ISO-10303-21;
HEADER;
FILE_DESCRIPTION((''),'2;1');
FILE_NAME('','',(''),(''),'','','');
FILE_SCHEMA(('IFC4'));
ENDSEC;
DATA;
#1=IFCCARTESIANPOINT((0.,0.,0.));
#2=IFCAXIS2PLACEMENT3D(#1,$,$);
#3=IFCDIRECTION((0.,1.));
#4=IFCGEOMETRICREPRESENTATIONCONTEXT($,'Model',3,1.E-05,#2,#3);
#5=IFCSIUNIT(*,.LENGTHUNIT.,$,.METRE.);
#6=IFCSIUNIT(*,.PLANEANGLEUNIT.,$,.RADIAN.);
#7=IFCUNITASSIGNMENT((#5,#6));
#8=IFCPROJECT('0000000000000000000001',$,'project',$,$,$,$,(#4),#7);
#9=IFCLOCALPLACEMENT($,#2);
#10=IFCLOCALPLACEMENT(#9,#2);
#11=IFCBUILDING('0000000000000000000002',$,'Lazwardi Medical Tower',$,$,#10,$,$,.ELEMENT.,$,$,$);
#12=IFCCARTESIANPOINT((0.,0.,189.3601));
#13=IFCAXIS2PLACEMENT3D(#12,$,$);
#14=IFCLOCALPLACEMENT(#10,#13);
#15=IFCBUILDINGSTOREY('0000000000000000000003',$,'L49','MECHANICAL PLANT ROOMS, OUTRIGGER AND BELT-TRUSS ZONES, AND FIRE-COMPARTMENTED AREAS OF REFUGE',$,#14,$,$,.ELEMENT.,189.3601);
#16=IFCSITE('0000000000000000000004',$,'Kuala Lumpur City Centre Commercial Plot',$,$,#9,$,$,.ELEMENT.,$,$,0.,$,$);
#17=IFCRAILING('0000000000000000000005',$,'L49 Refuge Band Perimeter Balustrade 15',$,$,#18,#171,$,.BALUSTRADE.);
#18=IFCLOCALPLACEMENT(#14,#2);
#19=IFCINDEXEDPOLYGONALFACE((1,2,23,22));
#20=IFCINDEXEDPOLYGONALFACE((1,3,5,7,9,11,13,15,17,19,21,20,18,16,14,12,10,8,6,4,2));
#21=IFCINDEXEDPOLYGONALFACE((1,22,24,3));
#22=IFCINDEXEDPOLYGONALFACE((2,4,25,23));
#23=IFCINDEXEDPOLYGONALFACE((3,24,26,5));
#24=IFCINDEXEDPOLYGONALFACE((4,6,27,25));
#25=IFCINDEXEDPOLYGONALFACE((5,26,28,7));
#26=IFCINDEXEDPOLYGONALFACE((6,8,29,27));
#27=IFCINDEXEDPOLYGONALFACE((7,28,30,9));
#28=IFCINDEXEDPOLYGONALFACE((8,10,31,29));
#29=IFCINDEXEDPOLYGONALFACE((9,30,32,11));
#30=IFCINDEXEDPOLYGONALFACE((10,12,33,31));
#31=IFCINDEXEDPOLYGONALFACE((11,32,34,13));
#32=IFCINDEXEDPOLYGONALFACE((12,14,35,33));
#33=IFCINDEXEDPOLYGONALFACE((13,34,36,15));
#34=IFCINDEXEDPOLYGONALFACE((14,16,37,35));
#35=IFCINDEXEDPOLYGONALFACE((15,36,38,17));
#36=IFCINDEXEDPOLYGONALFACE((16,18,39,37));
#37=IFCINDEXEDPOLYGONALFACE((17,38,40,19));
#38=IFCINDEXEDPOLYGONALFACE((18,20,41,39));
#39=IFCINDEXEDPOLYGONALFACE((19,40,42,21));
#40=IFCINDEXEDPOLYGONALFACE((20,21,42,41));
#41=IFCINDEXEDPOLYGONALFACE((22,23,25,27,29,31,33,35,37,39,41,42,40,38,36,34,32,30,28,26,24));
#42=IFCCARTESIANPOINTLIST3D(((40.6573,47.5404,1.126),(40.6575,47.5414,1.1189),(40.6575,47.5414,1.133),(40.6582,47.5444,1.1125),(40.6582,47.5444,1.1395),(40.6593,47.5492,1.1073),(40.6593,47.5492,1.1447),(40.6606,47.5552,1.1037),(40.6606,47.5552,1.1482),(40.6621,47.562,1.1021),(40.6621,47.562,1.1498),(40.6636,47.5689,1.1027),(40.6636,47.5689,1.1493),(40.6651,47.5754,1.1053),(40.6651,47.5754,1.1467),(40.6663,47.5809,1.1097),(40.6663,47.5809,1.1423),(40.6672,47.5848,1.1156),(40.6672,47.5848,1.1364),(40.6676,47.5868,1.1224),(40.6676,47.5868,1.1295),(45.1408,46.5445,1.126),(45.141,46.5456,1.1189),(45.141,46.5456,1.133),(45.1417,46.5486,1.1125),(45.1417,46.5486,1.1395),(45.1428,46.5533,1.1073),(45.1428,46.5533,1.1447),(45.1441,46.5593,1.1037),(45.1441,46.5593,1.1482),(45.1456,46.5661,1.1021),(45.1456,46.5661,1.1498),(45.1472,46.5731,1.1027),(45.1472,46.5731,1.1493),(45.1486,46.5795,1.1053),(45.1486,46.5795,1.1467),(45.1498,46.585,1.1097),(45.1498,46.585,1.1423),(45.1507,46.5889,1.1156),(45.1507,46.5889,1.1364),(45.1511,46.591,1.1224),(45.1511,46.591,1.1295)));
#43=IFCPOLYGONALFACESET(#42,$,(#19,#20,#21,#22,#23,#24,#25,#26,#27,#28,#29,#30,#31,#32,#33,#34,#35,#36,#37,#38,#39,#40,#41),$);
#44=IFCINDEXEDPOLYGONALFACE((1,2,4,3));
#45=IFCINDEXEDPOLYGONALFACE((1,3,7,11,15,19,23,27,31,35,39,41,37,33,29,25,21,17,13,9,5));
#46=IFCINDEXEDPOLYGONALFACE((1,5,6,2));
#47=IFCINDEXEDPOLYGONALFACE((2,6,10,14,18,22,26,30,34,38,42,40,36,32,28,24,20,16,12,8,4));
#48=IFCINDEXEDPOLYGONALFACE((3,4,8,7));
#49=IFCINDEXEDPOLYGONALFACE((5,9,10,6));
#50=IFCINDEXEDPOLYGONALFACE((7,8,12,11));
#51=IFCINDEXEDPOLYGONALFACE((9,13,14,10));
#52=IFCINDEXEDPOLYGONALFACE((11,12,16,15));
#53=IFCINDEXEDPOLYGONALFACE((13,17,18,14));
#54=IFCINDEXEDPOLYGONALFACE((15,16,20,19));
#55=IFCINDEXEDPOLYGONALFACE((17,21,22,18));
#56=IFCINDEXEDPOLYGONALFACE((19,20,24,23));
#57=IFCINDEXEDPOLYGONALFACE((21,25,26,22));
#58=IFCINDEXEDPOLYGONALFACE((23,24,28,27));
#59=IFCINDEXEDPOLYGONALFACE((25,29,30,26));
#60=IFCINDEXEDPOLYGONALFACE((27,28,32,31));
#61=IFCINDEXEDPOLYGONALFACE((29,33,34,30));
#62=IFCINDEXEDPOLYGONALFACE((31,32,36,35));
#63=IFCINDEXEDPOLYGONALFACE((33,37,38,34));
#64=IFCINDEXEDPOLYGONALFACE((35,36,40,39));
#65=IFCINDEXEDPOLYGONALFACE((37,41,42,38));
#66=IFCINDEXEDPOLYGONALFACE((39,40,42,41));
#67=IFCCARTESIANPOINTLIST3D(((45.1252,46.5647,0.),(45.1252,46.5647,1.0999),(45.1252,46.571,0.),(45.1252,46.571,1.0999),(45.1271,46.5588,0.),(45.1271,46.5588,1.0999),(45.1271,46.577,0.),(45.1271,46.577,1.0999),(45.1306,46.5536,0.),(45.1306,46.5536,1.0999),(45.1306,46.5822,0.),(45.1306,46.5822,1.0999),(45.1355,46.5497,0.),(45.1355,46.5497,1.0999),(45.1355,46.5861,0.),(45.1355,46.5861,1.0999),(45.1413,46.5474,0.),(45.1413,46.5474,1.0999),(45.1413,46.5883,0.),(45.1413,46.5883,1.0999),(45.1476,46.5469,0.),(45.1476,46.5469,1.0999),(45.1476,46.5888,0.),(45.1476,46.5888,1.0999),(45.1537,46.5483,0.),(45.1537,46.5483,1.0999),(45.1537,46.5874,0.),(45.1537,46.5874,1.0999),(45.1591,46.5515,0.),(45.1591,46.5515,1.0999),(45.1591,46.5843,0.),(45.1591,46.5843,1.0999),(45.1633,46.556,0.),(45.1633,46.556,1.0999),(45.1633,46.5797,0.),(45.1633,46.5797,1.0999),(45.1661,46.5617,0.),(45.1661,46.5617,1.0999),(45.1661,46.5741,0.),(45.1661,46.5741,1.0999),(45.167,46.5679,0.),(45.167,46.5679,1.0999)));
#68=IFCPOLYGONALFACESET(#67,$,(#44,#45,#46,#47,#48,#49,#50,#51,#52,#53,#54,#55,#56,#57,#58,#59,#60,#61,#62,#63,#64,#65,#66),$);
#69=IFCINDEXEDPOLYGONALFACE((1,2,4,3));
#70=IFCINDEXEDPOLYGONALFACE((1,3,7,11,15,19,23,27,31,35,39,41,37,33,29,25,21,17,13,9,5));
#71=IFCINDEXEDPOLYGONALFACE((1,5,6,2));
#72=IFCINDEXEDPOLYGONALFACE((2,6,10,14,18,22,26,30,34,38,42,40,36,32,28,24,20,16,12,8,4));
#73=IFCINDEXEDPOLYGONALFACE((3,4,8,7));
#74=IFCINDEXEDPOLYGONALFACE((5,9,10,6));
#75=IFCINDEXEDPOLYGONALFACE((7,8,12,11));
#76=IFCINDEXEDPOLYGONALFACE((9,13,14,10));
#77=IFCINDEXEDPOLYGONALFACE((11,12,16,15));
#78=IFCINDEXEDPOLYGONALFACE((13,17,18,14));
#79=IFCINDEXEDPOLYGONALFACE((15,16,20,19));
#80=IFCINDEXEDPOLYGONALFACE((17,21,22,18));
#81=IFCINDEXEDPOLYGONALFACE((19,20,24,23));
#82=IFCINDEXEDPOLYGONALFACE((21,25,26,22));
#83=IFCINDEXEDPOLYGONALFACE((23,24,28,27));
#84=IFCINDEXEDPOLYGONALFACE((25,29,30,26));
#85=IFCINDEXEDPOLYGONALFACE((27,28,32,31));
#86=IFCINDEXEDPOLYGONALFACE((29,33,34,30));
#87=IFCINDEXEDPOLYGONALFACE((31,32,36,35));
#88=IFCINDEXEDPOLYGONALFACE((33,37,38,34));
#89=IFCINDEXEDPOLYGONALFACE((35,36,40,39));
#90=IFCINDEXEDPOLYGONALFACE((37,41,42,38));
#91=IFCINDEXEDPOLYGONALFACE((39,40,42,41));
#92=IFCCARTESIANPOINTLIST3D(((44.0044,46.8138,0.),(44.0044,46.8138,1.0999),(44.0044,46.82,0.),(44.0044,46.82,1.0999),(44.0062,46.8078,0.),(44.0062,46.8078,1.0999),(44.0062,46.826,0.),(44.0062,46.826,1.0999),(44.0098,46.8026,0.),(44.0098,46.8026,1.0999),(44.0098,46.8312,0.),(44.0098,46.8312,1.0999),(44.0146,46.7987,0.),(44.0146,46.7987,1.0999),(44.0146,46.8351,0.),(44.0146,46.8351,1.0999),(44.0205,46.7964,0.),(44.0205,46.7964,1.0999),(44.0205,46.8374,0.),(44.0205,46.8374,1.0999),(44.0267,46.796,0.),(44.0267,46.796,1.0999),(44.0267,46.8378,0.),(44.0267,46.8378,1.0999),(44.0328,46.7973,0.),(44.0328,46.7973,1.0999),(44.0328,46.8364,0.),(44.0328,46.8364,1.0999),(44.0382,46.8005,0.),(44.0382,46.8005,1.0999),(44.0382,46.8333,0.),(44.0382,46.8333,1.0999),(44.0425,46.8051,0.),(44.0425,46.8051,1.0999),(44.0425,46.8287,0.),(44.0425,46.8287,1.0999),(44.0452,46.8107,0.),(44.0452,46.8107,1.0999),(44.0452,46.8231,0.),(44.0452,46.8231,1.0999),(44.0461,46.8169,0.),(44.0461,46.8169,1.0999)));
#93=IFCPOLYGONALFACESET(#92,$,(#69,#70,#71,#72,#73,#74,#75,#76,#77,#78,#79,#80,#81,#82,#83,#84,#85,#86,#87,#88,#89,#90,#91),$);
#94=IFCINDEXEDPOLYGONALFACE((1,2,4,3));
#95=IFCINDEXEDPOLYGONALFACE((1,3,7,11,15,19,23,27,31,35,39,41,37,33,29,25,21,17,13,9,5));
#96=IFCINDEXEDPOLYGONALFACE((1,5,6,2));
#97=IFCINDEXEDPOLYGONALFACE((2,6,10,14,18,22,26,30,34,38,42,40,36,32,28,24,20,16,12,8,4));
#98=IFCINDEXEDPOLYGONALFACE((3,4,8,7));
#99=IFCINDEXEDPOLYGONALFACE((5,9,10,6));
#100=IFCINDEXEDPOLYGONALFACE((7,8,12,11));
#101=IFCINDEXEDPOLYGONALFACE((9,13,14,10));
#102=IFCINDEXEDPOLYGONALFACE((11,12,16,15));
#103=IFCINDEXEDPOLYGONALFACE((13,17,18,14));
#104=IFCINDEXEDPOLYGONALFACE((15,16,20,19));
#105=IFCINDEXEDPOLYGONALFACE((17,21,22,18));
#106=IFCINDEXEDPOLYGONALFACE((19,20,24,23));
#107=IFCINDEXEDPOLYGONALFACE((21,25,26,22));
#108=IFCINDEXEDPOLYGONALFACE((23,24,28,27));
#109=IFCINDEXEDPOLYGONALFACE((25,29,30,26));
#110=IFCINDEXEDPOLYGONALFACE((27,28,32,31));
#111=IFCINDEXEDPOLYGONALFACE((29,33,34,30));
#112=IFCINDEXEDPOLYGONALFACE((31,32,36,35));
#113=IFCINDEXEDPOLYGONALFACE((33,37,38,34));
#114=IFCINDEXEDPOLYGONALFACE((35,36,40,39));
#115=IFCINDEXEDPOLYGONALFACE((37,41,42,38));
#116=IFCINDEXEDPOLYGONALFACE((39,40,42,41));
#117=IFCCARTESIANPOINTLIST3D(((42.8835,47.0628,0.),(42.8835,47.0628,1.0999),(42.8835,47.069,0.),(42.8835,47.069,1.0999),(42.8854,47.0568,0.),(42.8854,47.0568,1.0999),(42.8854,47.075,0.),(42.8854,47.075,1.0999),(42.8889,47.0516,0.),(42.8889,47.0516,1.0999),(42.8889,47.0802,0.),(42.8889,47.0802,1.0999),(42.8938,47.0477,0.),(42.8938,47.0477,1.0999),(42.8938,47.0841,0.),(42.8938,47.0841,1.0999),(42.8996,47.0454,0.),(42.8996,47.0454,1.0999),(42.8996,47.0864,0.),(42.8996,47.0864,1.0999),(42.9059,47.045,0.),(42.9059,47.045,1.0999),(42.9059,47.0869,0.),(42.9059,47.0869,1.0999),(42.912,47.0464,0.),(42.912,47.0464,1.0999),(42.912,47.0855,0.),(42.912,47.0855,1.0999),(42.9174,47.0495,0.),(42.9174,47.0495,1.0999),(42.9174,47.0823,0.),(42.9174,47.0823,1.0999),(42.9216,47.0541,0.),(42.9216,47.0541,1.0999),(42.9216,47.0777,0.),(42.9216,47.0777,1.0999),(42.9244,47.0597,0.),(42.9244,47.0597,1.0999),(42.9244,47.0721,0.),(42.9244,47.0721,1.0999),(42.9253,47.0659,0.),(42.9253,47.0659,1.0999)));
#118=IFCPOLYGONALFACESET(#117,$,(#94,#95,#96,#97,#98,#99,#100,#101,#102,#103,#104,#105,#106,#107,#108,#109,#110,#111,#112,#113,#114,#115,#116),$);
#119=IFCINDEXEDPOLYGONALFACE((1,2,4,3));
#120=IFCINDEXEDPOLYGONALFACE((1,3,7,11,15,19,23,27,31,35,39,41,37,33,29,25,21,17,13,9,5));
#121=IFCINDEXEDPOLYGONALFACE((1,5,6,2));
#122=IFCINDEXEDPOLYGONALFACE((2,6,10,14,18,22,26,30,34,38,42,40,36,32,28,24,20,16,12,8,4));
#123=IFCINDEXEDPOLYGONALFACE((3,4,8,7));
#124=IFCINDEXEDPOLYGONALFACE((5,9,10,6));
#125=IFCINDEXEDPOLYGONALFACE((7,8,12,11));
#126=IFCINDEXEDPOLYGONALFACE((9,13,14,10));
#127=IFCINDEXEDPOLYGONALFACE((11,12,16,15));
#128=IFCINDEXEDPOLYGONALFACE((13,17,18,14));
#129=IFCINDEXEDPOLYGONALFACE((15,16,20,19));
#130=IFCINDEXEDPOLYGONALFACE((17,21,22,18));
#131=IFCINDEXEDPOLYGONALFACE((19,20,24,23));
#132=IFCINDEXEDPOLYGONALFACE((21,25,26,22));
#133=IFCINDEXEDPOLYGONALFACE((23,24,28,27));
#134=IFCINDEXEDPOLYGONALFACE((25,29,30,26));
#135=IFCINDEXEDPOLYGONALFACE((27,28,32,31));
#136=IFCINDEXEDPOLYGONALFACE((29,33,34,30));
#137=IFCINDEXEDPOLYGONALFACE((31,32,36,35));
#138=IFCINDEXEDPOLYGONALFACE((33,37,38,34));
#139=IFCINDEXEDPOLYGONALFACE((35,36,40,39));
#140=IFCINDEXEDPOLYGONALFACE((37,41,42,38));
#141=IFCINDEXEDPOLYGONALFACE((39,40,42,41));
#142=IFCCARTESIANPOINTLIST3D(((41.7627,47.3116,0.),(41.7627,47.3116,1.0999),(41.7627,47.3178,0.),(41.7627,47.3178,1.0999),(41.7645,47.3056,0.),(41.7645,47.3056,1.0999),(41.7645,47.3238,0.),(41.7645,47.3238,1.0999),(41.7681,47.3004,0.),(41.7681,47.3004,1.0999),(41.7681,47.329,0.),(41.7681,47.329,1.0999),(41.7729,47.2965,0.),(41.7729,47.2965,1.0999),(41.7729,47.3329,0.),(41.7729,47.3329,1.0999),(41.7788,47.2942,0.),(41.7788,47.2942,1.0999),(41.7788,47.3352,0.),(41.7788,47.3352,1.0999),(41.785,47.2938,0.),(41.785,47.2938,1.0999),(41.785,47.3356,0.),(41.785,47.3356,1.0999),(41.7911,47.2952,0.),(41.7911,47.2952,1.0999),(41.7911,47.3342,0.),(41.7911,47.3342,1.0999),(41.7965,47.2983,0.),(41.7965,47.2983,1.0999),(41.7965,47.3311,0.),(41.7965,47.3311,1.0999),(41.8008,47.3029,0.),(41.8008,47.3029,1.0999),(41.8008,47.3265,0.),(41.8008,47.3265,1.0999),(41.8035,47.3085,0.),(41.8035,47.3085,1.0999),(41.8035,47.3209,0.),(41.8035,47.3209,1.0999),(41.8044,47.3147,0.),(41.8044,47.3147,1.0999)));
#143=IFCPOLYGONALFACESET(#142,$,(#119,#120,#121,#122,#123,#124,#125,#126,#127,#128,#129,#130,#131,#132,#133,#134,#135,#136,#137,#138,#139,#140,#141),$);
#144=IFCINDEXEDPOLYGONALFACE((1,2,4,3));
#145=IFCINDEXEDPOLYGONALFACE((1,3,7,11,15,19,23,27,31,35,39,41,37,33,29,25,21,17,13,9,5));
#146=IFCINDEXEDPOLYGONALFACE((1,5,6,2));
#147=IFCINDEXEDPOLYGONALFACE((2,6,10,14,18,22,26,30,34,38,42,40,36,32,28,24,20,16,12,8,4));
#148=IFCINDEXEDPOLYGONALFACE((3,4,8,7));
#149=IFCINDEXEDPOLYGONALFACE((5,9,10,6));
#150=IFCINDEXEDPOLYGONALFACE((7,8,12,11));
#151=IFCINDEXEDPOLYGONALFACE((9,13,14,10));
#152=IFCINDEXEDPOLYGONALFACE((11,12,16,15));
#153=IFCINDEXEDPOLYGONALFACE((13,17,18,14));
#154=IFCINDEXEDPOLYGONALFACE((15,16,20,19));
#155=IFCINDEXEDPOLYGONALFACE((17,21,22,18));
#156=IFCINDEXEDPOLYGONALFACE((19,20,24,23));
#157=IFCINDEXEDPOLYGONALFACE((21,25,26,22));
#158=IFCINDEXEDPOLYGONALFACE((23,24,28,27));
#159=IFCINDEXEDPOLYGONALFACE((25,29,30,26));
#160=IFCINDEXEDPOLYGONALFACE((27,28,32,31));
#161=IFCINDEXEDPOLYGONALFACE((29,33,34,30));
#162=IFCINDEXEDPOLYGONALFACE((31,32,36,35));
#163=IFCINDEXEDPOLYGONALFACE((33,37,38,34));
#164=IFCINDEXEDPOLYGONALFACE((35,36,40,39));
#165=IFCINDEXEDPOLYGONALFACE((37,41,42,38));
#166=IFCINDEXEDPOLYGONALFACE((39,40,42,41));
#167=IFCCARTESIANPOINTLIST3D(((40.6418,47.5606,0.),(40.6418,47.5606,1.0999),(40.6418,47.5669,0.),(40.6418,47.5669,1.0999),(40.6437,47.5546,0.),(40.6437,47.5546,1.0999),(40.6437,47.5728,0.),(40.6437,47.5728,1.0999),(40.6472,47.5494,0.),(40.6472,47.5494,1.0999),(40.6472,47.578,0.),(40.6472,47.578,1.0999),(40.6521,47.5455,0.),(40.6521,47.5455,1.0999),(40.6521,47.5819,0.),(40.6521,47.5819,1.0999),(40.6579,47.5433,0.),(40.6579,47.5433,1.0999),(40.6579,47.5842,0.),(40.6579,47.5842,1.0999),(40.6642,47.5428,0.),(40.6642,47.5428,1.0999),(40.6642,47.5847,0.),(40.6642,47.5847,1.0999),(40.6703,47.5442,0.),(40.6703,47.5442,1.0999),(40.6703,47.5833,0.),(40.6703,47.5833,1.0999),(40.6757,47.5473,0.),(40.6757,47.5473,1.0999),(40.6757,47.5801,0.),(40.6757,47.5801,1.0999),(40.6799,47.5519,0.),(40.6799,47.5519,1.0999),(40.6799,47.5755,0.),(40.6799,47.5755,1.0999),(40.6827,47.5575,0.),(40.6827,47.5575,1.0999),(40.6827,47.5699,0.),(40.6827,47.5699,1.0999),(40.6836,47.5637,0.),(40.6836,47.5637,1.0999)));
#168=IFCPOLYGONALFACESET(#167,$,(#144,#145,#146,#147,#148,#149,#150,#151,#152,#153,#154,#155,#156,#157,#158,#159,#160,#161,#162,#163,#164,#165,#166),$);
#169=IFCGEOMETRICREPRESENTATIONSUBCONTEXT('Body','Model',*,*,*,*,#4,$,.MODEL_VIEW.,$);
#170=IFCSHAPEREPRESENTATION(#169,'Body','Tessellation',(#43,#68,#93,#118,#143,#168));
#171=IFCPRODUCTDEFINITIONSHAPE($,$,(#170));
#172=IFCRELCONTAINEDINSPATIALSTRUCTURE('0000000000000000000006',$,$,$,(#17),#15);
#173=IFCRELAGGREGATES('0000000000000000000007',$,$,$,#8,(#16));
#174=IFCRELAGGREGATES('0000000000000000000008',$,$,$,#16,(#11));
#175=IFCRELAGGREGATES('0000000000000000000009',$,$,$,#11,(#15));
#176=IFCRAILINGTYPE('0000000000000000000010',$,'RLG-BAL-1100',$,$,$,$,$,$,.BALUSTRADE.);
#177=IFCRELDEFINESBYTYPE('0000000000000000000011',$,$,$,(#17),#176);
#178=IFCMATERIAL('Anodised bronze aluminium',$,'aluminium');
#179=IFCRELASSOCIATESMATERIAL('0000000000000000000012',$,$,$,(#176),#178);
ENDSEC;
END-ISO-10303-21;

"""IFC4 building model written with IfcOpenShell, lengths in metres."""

from ifc_helpers import new_model, si_unit, direction, frame, origin, origin_2d, place, context, subcontext, project, spatial, circle, extrude, material, type_object, element, save


model = new_model("IFC4")

# Units and contexts
model_context = context("Model", 3, precision=1e-05, world=origin(), true_north=direction((0.0, 1.0)))
body_context = subcontext(model_context, "Body", "Model", "MODEL_VIEW")
ifc_project = project(units=[si_unit("LENGTHUNIT", "METRE"), si_unit("PLANEANGLEUNIT", "RADIAN")], contexts=[model_context])

# Site, building, storey
site_placement = place(None, origin())
site = spatial("IfcSite", under=ifc_project, at=site_placement, Name="Kuala Lumpur City Centre Commercial Plot", CompositionType="ELEMENT", RefElevation=0.0)
building_placement = place(site_placement, origin())
building = spatial("IfcBuilding", under=site, at=building_placement, Name="Lazwardi Medical Tower", CompositionType="ELEMENT")
storey_placement = place(building_placement, frame((0.0, 0.0, 189.3601)))
storey = spatial("IfcBuildingStorey", under=building, at=storey_placement, Name="L49", Description="MECHANICAL PLANT ROOMS, OUTRIGGER AND BELT-TRUSS ZONES, AND FIRE-COMPARTMENTED AREAS OF REFUGE", CompositionType="ELEMENT", Elevation=189.3601)

# Railing
ifc_material_1 = material(Name="Anodised bronze aluminium", Category="aluminium")
railing_type = type_object("IfcRailingType", Name="RLG-BAL-1100", PredefinedType="BALUSTRADE", material=ifc_material_1)
railing_1_placement = place(storey_placement, frame((45.146, 46.5679, 0.0)))
element("IfcRailing", 1, at=railing_1_placement, inside=storey, type_object=railing_type, Name="L49 Refuge Band Perimeter Balustrade 15", PredefinedType="BALUSTRADE", context=body_context, shape_type="SweptSolid", body=[
    extrude(circle(Radius=0.0239, at=origin_2d()), frame((0.0, 0.0, 1.126), z_axis=(-0.976208, 0.216835, 0.0), x_axis=(-0.216835, -0.976208, 0.0)), (0.0, 0.0, 1.0), 4.5928),
    extrude(circle(Radius=0.021, at=origin_2d()), origin(), (0.0, 0.0, 1.0), 1.0999),
    extrude(circle(Radius=0.021, at=origin_2d()), frame((-1.1208, 0.249, 0.0)), (0.0, 0.0, 1.0), 1.0999),
    extrude(circle(Radius=0.021, at=origin_2d()), frame((-2.2417, 0.498, 0.0)), (0.0, 0.0, 1.0), 1.0999),
    extrude(circle(Radius=0.021, at=origin_2d()), frame((-3.3625, 0.7468, 0.0)), (0.0, 0.0, 1.0), 1.0999),
    extrude(circle(Radius=0.021, at=origin_2d()), frame((-4.4834, 0.9958, 0.0)), (0.0, 0.0, 1.0), 1.0999),
])

save(model, "model.ifc")
